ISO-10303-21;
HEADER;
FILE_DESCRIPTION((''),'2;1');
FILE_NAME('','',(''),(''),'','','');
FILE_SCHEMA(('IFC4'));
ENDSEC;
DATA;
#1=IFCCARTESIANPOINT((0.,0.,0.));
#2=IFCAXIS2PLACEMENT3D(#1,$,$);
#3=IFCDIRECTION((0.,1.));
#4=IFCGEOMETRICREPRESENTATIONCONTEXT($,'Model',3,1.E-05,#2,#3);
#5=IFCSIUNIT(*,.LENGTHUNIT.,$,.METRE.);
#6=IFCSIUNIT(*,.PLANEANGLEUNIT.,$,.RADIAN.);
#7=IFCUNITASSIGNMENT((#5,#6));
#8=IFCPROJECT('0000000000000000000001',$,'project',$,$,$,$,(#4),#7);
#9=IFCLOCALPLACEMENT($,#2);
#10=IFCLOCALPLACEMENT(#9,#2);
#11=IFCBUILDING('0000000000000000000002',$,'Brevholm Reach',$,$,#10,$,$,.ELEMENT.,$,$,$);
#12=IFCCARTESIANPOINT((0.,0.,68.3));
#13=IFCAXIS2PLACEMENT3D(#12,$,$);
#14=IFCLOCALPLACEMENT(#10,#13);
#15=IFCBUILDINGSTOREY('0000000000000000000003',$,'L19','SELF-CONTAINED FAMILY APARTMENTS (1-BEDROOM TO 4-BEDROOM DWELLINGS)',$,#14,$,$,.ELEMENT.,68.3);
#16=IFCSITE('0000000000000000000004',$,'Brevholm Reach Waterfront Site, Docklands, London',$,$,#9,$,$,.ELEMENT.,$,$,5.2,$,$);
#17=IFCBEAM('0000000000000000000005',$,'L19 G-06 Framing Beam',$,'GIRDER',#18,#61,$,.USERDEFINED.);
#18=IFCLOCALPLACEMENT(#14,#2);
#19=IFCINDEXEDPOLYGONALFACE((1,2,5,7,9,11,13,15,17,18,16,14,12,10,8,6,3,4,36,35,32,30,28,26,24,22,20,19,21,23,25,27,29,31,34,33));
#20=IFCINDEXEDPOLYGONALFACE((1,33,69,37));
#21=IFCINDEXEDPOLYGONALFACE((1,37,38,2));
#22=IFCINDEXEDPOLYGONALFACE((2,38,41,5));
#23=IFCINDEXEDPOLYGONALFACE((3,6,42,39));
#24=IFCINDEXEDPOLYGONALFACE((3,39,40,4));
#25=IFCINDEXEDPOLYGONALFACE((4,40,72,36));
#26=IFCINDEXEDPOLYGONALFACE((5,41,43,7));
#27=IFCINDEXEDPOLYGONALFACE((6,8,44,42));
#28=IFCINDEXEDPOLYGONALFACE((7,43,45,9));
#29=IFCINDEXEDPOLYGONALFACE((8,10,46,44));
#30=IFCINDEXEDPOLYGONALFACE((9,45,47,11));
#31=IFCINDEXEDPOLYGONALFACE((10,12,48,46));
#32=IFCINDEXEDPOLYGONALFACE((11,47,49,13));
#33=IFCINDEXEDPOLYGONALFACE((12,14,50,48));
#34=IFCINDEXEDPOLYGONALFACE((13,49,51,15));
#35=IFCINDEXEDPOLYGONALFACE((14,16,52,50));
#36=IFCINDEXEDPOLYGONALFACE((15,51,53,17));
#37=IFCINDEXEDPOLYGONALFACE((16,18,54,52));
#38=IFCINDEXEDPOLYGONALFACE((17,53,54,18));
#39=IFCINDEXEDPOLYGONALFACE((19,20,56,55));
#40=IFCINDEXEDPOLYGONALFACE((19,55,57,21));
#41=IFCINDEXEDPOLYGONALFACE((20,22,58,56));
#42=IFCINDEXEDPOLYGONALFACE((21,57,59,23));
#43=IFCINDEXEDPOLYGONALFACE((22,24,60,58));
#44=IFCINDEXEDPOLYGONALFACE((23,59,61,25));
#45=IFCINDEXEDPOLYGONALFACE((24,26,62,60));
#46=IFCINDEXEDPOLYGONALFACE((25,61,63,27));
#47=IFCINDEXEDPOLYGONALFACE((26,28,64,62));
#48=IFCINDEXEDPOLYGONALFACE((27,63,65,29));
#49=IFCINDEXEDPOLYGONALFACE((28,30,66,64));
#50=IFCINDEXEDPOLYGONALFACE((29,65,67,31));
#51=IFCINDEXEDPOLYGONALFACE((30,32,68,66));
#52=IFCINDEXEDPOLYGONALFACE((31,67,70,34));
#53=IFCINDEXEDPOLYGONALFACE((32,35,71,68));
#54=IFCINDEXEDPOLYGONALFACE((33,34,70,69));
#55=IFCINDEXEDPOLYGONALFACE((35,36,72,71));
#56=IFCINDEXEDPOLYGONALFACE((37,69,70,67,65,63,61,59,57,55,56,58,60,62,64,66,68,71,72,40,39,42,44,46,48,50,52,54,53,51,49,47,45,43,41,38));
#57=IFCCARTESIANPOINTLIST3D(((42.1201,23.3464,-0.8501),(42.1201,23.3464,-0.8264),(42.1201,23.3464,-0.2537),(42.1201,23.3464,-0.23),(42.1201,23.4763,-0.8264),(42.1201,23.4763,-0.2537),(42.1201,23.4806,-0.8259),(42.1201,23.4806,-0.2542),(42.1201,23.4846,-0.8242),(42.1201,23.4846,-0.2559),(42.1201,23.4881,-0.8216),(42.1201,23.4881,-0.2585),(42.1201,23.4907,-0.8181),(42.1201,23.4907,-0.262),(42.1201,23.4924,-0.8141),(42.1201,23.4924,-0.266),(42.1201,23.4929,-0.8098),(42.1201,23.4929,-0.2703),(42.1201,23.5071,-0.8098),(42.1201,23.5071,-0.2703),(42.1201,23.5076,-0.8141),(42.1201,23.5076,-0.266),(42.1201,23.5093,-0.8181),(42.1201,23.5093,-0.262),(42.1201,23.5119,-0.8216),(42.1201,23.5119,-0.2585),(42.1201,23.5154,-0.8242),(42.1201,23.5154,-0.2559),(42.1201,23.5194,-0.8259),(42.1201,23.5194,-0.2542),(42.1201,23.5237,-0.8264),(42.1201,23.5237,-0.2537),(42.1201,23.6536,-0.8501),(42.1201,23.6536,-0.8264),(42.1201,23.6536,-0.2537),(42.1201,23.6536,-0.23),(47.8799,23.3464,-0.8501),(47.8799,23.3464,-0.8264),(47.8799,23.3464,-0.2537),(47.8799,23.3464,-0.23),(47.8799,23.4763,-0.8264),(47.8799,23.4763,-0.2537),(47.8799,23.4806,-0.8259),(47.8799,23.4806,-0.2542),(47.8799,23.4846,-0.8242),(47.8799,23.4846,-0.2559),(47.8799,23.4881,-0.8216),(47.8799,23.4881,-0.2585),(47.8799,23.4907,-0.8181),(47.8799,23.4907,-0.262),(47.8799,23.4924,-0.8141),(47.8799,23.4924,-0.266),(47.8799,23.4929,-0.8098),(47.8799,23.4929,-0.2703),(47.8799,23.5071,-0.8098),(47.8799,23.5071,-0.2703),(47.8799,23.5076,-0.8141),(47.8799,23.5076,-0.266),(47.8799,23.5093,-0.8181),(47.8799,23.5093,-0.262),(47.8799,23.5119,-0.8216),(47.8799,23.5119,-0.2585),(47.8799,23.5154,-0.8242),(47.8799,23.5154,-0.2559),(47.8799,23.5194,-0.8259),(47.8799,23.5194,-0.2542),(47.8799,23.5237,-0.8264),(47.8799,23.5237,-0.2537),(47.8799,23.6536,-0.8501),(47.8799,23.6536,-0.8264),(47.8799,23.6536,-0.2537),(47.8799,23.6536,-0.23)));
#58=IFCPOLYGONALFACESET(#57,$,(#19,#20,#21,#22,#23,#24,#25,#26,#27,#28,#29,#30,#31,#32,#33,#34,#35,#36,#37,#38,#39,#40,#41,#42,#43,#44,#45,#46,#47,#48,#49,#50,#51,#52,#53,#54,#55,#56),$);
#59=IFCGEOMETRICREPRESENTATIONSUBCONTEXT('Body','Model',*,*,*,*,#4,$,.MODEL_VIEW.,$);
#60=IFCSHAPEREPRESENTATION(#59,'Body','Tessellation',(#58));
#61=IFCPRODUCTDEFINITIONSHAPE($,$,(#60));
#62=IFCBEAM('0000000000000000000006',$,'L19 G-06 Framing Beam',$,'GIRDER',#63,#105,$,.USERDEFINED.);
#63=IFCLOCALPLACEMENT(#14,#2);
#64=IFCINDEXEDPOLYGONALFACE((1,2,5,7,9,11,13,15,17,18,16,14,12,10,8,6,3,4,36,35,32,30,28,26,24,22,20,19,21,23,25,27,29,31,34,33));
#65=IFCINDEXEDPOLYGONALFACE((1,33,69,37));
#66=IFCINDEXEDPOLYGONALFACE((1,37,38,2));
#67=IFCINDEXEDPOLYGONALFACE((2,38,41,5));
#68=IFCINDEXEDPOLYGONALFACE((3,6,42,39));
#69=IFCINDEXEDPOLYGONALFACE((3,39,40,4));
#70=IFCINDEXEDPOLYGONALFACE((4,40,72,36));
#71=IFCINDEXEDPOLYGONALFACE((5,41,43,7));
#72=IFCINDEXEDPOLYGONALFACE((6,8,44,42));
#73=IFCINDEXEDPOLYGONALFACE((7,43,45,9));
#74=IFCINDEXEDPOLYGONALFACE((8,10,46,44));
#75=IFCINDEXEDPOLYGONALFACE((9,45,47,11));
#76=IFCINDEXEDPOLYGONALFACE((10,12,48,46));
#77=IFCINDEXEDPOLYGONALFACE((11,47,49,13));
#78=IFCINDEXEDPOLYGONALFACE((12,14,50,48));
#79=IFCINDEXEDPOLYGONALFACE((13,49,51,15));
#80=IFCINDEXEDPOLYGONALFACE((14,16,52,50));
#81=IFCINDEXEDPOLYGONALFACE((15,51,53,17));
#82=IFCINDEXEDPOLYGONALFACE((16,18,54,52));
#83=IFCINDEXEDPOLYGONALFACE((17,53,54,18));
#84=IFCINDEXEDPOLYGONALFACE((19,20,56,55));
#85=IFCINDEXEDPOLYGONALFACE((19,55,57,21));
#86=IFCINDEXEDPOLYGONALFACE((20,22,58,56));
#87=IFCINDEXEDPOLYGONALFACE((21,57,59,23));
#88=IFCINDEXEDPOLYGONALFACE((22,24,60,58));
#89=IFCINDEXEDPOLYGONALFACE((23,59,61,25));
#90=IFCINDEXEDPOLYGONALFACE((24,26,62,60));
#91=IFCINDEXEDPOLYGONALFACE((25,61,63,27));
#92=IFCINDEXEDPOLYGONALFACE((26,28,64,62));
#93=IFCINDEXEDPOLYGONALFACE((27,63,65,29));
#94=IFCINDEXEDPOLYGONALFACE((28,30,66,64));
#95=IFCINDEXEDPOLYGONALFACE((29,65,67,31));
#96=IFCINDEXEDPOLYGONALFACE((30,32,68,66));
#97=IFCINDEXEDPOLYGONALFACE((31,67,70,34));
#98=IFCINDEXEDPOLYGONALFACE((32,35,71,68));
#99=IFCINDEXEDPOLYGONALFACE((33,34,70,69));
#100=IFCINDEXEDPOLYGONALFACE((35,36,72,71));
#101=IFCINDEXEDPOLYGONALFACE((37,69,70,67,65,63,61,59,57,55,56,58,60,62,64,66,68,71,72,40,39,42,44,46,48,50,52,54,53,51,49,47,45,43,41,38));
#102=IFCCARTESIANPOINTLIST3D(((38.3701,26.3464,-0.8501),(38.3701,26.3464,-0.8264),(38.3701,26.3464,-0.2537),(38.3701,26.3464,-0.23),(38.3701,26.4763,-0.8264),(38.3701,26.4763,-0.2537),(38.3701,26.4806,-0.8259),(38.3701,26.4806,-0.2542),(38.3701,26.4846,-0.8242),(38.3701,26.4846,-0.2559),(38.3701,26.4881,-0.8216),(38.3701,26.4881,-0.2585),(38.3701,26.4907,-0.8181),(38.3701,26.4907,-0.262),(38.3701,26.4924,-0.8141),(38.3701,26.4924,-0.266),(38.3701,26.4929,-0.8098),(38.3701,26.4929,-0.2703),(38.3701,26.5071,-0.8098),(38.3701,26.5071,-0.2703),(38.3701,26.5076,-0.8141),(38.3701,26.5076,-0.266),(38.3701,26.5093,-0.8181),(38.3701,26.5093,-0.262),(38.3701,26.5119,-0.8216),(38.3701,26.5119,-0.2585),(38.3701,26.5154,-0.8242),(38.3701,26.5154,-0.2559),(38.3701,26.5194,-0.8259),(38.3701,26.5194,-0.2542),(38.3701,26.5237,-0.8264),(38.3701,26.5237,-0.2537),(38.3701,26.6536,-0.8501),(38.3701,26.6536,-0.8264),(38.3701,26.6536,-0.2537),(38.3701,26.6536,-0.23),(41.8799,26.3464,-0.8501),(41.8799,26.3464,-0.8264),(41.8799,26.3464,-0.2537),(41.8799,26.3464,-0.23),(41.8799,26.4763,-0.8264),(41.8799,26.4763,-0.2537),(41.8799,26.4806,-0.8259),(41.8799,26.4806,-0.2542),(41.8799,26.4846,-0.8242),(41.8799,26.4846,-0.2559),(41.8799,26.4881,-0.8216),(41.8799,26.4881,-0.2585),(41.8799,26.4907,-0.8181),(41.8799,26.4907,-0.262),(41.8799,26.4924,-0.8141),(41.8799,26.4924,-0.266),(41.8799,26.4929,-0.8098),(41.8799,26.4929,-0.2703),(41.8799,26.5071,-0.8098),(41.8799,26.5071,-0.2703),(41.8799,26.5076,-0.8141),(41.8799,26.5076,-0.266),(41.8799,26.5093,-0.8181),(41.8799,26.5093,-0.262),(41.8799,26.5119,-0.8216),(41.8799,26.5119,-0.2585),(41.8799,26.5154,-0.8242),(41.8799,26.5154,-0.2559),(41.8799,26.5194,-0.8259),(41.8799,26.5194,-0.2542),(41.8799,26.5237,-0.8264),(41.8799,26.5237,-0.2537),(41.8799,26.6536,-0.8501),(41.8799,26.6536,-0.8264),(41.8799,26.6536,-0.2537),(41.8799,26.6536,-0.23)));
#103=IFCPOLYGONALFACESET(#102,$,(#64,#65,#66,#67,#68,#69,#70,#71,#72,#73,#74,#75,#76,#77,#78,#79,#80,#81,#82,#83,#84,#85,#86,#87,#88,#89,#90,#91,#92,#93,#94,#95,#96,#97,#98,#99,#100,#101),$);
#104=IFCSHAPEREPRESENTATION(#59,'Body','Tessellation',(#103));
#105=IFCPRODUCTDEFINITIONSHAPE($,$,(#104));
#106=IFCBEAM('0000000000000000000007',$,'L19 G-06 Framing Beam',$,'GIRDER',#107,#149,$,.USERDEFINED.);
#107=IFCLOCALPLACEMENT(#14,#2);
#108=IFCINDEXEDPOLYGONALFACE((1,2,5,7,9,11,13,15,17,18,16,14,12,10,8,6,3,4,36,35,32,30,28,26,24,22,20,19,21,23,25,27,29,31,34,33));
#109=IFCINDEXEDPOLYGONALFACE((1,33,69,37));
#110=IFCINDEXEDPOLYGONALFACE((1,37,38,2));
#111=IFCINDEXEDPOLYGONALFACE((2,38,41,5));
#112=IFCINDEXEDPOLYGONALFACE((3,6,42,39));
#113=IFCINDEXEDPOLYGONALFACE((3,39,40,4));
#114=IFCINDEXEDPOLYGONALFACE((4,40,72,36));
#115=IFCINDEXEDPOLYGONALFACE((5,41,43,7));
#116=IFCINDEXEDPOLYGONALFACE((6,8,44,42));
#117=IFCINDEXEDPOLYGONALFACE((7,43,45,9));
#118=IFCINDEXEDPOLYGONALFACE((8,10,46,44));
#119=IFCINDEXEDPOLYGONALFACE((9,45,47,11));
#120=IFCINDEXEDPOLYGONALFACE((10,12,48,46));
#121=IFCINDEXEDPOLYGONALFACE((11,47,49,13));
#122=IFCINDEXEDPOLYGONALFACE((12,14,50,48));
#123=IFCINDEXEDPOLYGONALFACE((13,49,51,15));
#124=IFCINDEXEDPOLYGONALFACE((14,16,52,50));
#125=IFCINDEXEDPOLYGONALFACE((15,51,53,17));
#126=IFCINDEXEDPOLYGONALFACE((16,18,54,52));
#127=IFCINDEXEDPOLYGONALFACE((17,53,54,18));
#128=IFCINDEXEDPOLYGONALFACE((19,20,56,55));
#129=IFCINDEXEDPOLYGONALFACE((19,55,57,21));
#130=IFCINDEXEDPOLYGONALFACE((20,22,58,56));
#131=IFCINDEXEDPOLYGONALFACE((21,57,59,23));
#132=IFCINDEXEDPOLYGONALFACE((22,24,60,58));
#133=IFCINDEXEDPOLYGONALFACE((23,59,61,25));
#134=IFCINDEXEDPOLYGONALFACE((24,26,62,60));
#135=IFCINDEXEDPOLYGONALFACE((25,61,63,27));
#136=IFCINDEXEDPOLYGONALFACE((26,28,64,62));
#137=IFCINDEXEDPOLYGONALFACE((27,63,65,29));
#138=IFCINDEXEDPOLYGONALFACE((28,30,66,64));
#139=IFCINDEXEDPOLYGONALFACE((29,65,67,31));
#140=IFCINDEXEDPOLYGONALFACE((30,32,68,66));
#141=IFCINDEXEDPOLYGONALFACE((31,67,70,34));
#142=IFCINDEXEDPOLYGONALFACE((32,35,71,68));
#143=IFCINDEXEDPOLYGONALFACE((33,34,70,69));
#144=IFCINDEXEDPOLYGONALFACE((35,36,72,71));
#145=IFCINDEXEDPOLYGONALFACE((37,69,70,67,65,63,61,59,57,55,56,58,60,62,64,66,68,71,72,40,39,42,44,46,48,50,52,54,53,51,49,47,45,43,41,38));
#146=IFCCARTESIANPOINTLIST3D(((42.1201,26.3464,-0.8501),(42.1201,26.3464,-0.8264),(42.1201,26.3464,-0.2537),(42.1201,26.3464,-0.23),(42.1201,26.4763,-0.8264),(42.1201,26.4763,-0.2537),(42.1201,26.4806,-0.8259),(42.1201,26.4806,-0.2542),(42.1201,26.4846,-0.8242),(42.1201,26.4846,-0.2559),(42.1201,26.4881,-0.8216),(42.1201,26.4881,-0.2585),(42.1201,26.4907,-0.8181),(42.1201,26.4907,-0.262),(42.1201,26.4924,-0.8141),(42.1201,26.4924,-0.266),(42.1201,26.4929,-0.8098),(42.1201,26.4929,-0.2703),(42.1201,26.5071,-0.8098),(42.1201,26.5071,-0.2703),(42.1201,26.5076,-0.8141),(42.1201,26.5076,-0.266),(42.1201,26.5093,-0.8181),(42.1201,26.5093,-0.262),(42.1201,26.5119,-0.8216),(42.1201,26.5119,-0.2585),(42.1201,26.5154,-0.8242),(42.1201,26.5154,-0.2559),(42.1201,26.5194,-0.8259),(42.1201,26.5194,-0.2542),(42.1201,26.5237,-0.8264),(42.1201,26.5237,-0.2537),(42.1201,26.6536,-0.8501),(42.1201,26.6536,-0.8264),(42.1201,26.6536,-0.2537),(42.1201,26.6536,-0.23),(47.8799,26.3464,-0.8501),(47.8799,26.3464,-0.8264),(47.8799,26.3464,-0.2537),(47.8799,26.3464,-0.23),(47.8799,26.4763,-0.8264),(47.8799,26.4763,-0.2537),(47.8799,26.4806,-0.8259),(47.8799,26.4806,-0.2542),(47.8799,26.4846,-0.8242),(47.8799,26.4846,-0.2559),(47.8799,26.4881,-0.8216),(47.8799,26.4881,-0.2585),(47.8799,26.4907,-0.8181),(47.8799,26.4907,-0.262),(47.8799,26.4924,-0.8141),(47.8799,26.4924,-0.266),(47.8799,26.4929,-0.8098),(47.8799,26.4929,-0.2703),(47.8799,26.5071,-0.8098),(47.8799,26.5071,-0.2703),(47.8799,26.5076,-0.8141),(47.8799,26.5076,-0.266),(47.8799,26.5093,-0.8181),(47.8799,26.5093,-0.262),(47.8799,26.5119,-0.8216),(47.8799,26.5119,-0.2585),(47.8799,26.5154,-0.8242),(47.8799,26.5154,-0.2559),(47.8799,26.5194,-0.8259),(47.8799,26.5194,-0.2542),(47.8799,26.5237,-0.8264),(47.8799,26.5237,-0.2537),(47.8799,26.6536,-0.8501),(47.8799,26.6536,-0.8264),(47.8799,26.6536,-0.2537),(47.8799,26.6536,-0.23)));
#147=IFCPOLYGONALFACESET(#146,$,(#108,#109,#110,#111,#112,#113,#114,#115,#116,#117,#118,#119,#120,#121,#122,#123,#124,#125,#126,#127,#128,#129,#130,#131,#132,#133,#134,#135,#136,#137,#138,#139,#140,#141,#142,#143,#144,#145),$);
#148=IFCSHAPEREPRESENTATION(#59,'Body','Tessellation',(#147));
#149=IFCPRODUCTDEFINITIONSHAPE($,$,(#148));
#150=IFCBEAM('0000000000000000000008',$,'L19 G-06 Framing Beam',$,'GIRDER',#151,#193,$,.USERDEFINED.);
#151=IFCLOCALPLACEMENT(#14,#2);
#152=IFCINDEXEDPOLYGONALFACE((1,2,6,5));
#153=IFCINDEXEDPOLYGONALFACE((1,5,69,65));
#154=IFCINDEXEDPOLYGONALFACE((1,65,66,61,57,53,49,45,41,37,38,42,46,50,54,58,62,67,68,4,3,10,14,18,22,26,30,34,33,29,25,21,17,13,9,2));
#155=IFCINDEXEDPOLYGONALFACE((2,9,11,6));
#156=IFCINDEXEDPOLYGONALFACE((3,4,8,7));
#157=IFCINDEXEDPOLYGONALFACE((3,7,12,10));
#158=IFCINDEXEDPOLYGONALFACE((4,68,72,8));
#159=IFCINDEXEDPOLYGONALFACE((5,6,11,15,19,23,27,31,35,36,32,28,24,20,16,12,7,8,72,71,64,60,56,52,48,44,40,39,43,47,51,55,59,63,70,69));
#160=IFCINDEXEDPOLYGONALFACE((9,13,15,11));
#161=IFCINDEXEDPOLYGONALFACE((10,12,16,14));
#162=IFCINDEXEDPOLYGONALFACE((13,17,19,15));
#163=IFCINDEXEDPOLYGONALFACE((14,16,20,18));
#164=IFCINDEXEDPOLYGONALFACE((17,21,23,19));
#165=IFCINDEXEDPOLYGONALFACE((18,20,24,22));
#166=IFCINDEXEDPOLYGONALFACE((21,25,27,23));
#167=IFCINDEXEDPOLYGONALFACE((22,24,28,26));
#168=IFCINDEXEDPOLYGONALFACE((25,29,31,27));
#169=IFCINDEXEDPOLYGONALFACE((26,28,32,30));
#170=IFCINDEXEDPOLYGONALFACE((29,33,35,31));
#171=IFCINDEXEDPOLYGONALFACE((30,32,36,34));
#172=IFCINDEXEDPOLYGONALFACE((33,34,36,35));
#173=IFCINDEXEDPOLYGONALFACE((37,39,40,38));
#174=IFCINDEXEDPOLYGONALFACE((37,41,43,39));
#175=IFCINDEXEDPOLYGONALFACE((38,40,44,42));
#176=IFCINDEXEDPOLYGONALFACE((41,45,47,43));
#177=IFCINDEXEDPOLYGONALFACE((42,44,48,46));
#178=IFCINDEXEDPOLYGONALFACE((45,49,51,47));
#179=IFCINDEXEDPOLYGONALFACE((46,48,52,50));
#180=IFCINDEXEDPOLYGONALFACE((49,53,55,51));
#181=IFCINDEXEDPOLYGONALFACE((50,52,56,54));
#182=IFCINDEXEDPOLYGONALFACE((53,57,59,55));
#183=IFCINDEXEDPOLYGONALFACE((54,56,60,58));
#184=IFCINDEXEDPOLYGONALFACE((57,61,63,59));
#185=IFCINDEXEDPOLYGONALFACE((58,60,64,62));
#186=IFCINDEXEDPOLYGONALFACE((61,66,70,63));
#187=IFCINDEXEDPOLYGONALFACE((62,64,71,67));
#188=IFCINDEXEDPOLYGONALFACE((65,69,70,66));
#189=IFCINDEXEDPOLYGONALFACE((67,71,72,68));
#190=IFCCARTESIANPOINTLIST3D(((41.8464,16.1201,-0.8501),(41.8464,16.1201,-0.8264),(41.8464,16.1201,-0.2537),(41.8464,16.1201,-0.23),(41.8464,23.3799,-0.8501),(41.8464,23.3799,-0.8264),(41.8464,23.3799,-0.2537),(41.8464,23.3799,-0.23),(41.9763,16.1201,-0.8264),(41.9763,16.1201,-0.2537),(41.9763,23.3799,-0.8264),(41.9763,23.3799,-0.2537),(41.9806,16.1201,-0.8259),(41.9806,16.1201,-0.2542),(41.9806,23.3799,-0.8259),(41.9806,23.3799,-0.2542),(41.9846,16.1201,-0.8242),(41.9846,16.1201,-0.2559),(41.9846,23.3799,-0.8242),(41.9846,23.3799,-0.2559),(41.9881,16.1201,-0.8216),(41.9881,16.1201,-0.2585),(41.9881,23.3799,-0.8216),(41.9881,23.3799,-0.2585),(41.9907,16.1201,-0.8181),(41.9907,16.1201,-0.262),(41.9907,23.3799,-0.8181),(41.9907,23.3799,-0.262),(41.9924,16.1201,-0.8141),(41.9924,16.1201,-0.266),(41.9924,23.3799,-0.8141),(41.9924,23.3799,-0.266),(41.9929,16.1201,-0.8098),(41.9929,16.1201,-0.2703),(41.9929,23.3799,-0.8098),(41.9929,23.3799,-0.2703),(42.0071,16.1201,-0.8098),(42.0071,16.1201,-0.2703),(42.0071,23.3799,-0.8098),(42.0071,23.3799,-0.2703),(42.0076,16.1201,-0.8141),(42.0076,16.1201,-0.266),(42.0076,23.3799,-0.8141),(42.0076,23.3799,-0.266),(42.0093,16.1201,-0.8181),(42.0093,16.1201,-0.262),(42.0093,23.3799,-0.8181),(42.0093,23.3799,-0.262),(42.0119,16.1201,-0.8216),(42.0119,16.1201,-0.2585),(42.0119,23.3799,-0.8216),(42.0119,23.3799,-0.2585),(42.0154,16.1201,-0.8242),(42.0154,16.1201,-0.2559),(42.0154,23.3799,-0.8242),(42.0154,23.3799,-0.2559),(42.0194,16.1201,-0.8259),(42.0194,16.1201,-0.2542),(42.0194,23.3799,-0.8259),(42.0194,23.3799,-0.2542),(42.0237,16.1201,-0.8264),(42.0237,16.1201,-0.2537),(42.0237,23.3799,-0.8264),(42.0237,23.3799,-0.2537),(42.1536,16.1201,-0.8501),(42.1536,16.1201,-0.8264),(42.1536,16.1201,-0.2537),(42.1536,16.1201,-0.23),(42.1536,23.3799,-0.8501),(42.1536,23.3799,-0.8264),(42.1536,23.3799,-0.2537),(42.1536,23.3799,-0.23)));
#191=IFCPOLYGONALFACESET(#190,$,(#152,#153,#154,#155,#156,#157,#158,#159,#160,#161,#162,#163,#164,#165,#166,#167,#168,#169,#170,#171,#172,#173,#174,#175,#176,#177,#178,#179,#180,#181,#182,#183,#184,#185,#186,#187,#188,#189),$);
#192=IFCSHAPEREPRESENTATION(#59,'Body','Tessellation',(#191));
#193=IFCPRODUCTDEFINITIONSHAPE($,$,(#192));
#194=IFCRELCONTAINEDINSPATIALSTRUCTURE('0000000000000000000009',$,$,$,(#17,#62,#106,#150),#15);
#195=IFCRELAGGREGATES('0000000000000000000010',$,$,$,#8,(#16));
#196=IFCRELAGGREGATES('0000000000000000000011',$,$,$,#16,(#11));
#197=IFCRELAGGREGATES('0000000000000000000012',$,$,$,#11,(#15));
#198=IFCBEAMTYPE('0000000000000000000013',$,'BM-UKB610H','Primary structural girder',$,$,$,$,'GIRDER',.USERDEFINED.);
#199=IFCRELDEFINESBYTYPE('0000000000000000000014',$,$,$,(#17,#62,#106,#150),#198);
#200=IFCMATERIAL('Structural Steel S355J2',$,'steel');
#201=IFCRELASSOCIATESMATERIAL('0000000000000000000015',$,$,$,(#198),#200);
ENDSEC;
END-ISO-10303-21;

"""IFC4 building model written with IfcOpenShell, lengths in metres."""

from ifc_helpers import new_model, si_unit, direction, frame, origin, origin_2d, place, context, subcontext, project, spatial, i_section, extrude, material, material_profile, profile_set, type_object, element, save


model = new_model("IFC4")

# Units and contexts
model_context = context("Model", 3, precision=1e-05, world=origin(), true_north=direction((0.0, 1.0)))
body_context = subcontext(model_context, "Body", "Model", "MODEL_VIEW")
ifc_project = project(units=[si_unit("LENGTHUNIT", "METRE"), si_unit("PLANEANGLEUNIT", "RADIAN")], contexts=[model_context])

# Site, building, storey
site_placement = place(None, origin())
site = spatial("IfcSite", under=ifc_project, at=site_placement, Name="Brevholm Reach Waterfront Site, Docklands, London", CompositionType="ELEMENT", RefElevation=5.2)
building_placement = place(site_placement, origin())
building = spatial("IfcBuilding", under=site, at=building_placement, Name="Brevholm Reach", CompositionType="ELEMENT")
storey_placement = place(building_placement, frame((0.0, 0.0, 68.3)))
storey = spatial("IfcBuildingStorey", under=building, at=storey_placement, Name="L19", Description="SELF-CONTAINED FAMILY APARTMENTS (1-BEDROOM TO 4-BEDROOM DWELLINGS)", CompositionType="ELEMENT", Elevation=68.3)

# Beams
ifc_material_1 = material(Name="Structural Steel S355J2", Category="steel")
ifc_material_profile_1 = material_profile(ifc_material_1, i_section(OverallWidth=0.3071, OverallDepth=0.6201, WebThickness=0.0142, FlangeThickness=0.0237, FilletRadius=0.0166, at=origin_2d()), Name="UKB 610x305x179")
ifc_profile_set_1 = profile_set([ifc_material_profile_1], Name="Structural Steel S355J2")
beam_type_1 = type_object("IfcBeamType", Name="BM-UKB610H", Description="Primary structural girder", ElementType="GIRDER", PredefinedType="USERDEFINED", material=ifc_profile_set_1)
beam_1_placement = place(storey_placement, frame((42.1201, 23.5, -0.54), z_axis=(1.0, 0.0, 0.0), x_axis=(0.0, 1.0, 0.0)))
element("IfcBeam", 1, at=beam_1_placement, inside=storey, type_object=beam_type_1, Name="L19 G-06 Framing Beam", ObjectType="GIRDER", PredefinedType="USERDEFINED", context=body_context, shape_type="SweptSolid", body=[
    extrude(i_section(OverallWidth=0.3071, OverallDepth=0.6201, WebThickness=0.0142, FlangeThickness=0.0237, FilletRadius=0.0166, at=origin_2d()), origin(), (0.0, 0.0, 1.0), 5.7598),
])
beam_2_placement = place(storey_placement, frame((38.3701, 26.5, -0.54), z_axis=(1.0, 0.0, 0.0), x_axis=(0.0, 1.0, 0.0)))
element("IfcBeam", 2, at=beam_2_placement, inside=storey, type_object=beam_type_1, Name="L19 G-06 Framing Beam", ObjectType="GIRDER", PredefinedType="USERDEFINED", context=body_context, shape_type="SweptSolid", body=[
    extrude(i_section(OverallWidth=0.3071, OverallDepth=0.6201, WebThickness=0.0142, FlangeThickness=0.0237, FilletRadius=0.0166, at=origin_2d()), origin(), (0.0, 0.0, 1.0), 3.5098),
])
beam_3_placement = place(storey_placement, frame((42.1201, 26.5, -0.54), z_axis=(1.0, 0.0, 0.0), x_axis=(0.0, 1.0, 0.0)))
element("IfcBeam", 3, at=beam_3_placement, inside=storey, type_object=beam_type_1, Name="L19 G-06 Framing Beam", ObjectType="GIRDER", PredefinedType="USERDEFINED", context=body_context, shape_type="SweptSolid", body=[
    extrude(i_section(OverallWidth=0.3071, OverallDepth=0.6201, WebThickness=0.0142, FlangeThickness=0.0237, FilletRadius=0.0166, at=origin_2d()), origin(), (0.0, 0.0, 1.0), 5.7598),
])
beam_4_placement = place(storey_placement, frame((42.0, 16.1201, -0.54), z_axis=(0.0, 1.0, 0.0), x_axis=(-1.0, 0.0, 0.0)))
element("IfcBeam", 4, at=beam_4_placement, inside=storey, type_object=beam_type_1, Name="L19 G-06 Framing Beam", ObjectType="GIRDER", PredefinedType="USERDEFINED", context=body_context, shape_type="SweptSolid", body=[
    extrude(i_section(OverallWidth=0.3071, OverallDepth=0.6201, WebThickness=0.0142, FlangeThickness=0.0237, FilletRadius=0.0166, at=origin_2d()), origin(), (0.0, 0.0, 1.0), 7.2598),
])

save(model, "model.ifc")
